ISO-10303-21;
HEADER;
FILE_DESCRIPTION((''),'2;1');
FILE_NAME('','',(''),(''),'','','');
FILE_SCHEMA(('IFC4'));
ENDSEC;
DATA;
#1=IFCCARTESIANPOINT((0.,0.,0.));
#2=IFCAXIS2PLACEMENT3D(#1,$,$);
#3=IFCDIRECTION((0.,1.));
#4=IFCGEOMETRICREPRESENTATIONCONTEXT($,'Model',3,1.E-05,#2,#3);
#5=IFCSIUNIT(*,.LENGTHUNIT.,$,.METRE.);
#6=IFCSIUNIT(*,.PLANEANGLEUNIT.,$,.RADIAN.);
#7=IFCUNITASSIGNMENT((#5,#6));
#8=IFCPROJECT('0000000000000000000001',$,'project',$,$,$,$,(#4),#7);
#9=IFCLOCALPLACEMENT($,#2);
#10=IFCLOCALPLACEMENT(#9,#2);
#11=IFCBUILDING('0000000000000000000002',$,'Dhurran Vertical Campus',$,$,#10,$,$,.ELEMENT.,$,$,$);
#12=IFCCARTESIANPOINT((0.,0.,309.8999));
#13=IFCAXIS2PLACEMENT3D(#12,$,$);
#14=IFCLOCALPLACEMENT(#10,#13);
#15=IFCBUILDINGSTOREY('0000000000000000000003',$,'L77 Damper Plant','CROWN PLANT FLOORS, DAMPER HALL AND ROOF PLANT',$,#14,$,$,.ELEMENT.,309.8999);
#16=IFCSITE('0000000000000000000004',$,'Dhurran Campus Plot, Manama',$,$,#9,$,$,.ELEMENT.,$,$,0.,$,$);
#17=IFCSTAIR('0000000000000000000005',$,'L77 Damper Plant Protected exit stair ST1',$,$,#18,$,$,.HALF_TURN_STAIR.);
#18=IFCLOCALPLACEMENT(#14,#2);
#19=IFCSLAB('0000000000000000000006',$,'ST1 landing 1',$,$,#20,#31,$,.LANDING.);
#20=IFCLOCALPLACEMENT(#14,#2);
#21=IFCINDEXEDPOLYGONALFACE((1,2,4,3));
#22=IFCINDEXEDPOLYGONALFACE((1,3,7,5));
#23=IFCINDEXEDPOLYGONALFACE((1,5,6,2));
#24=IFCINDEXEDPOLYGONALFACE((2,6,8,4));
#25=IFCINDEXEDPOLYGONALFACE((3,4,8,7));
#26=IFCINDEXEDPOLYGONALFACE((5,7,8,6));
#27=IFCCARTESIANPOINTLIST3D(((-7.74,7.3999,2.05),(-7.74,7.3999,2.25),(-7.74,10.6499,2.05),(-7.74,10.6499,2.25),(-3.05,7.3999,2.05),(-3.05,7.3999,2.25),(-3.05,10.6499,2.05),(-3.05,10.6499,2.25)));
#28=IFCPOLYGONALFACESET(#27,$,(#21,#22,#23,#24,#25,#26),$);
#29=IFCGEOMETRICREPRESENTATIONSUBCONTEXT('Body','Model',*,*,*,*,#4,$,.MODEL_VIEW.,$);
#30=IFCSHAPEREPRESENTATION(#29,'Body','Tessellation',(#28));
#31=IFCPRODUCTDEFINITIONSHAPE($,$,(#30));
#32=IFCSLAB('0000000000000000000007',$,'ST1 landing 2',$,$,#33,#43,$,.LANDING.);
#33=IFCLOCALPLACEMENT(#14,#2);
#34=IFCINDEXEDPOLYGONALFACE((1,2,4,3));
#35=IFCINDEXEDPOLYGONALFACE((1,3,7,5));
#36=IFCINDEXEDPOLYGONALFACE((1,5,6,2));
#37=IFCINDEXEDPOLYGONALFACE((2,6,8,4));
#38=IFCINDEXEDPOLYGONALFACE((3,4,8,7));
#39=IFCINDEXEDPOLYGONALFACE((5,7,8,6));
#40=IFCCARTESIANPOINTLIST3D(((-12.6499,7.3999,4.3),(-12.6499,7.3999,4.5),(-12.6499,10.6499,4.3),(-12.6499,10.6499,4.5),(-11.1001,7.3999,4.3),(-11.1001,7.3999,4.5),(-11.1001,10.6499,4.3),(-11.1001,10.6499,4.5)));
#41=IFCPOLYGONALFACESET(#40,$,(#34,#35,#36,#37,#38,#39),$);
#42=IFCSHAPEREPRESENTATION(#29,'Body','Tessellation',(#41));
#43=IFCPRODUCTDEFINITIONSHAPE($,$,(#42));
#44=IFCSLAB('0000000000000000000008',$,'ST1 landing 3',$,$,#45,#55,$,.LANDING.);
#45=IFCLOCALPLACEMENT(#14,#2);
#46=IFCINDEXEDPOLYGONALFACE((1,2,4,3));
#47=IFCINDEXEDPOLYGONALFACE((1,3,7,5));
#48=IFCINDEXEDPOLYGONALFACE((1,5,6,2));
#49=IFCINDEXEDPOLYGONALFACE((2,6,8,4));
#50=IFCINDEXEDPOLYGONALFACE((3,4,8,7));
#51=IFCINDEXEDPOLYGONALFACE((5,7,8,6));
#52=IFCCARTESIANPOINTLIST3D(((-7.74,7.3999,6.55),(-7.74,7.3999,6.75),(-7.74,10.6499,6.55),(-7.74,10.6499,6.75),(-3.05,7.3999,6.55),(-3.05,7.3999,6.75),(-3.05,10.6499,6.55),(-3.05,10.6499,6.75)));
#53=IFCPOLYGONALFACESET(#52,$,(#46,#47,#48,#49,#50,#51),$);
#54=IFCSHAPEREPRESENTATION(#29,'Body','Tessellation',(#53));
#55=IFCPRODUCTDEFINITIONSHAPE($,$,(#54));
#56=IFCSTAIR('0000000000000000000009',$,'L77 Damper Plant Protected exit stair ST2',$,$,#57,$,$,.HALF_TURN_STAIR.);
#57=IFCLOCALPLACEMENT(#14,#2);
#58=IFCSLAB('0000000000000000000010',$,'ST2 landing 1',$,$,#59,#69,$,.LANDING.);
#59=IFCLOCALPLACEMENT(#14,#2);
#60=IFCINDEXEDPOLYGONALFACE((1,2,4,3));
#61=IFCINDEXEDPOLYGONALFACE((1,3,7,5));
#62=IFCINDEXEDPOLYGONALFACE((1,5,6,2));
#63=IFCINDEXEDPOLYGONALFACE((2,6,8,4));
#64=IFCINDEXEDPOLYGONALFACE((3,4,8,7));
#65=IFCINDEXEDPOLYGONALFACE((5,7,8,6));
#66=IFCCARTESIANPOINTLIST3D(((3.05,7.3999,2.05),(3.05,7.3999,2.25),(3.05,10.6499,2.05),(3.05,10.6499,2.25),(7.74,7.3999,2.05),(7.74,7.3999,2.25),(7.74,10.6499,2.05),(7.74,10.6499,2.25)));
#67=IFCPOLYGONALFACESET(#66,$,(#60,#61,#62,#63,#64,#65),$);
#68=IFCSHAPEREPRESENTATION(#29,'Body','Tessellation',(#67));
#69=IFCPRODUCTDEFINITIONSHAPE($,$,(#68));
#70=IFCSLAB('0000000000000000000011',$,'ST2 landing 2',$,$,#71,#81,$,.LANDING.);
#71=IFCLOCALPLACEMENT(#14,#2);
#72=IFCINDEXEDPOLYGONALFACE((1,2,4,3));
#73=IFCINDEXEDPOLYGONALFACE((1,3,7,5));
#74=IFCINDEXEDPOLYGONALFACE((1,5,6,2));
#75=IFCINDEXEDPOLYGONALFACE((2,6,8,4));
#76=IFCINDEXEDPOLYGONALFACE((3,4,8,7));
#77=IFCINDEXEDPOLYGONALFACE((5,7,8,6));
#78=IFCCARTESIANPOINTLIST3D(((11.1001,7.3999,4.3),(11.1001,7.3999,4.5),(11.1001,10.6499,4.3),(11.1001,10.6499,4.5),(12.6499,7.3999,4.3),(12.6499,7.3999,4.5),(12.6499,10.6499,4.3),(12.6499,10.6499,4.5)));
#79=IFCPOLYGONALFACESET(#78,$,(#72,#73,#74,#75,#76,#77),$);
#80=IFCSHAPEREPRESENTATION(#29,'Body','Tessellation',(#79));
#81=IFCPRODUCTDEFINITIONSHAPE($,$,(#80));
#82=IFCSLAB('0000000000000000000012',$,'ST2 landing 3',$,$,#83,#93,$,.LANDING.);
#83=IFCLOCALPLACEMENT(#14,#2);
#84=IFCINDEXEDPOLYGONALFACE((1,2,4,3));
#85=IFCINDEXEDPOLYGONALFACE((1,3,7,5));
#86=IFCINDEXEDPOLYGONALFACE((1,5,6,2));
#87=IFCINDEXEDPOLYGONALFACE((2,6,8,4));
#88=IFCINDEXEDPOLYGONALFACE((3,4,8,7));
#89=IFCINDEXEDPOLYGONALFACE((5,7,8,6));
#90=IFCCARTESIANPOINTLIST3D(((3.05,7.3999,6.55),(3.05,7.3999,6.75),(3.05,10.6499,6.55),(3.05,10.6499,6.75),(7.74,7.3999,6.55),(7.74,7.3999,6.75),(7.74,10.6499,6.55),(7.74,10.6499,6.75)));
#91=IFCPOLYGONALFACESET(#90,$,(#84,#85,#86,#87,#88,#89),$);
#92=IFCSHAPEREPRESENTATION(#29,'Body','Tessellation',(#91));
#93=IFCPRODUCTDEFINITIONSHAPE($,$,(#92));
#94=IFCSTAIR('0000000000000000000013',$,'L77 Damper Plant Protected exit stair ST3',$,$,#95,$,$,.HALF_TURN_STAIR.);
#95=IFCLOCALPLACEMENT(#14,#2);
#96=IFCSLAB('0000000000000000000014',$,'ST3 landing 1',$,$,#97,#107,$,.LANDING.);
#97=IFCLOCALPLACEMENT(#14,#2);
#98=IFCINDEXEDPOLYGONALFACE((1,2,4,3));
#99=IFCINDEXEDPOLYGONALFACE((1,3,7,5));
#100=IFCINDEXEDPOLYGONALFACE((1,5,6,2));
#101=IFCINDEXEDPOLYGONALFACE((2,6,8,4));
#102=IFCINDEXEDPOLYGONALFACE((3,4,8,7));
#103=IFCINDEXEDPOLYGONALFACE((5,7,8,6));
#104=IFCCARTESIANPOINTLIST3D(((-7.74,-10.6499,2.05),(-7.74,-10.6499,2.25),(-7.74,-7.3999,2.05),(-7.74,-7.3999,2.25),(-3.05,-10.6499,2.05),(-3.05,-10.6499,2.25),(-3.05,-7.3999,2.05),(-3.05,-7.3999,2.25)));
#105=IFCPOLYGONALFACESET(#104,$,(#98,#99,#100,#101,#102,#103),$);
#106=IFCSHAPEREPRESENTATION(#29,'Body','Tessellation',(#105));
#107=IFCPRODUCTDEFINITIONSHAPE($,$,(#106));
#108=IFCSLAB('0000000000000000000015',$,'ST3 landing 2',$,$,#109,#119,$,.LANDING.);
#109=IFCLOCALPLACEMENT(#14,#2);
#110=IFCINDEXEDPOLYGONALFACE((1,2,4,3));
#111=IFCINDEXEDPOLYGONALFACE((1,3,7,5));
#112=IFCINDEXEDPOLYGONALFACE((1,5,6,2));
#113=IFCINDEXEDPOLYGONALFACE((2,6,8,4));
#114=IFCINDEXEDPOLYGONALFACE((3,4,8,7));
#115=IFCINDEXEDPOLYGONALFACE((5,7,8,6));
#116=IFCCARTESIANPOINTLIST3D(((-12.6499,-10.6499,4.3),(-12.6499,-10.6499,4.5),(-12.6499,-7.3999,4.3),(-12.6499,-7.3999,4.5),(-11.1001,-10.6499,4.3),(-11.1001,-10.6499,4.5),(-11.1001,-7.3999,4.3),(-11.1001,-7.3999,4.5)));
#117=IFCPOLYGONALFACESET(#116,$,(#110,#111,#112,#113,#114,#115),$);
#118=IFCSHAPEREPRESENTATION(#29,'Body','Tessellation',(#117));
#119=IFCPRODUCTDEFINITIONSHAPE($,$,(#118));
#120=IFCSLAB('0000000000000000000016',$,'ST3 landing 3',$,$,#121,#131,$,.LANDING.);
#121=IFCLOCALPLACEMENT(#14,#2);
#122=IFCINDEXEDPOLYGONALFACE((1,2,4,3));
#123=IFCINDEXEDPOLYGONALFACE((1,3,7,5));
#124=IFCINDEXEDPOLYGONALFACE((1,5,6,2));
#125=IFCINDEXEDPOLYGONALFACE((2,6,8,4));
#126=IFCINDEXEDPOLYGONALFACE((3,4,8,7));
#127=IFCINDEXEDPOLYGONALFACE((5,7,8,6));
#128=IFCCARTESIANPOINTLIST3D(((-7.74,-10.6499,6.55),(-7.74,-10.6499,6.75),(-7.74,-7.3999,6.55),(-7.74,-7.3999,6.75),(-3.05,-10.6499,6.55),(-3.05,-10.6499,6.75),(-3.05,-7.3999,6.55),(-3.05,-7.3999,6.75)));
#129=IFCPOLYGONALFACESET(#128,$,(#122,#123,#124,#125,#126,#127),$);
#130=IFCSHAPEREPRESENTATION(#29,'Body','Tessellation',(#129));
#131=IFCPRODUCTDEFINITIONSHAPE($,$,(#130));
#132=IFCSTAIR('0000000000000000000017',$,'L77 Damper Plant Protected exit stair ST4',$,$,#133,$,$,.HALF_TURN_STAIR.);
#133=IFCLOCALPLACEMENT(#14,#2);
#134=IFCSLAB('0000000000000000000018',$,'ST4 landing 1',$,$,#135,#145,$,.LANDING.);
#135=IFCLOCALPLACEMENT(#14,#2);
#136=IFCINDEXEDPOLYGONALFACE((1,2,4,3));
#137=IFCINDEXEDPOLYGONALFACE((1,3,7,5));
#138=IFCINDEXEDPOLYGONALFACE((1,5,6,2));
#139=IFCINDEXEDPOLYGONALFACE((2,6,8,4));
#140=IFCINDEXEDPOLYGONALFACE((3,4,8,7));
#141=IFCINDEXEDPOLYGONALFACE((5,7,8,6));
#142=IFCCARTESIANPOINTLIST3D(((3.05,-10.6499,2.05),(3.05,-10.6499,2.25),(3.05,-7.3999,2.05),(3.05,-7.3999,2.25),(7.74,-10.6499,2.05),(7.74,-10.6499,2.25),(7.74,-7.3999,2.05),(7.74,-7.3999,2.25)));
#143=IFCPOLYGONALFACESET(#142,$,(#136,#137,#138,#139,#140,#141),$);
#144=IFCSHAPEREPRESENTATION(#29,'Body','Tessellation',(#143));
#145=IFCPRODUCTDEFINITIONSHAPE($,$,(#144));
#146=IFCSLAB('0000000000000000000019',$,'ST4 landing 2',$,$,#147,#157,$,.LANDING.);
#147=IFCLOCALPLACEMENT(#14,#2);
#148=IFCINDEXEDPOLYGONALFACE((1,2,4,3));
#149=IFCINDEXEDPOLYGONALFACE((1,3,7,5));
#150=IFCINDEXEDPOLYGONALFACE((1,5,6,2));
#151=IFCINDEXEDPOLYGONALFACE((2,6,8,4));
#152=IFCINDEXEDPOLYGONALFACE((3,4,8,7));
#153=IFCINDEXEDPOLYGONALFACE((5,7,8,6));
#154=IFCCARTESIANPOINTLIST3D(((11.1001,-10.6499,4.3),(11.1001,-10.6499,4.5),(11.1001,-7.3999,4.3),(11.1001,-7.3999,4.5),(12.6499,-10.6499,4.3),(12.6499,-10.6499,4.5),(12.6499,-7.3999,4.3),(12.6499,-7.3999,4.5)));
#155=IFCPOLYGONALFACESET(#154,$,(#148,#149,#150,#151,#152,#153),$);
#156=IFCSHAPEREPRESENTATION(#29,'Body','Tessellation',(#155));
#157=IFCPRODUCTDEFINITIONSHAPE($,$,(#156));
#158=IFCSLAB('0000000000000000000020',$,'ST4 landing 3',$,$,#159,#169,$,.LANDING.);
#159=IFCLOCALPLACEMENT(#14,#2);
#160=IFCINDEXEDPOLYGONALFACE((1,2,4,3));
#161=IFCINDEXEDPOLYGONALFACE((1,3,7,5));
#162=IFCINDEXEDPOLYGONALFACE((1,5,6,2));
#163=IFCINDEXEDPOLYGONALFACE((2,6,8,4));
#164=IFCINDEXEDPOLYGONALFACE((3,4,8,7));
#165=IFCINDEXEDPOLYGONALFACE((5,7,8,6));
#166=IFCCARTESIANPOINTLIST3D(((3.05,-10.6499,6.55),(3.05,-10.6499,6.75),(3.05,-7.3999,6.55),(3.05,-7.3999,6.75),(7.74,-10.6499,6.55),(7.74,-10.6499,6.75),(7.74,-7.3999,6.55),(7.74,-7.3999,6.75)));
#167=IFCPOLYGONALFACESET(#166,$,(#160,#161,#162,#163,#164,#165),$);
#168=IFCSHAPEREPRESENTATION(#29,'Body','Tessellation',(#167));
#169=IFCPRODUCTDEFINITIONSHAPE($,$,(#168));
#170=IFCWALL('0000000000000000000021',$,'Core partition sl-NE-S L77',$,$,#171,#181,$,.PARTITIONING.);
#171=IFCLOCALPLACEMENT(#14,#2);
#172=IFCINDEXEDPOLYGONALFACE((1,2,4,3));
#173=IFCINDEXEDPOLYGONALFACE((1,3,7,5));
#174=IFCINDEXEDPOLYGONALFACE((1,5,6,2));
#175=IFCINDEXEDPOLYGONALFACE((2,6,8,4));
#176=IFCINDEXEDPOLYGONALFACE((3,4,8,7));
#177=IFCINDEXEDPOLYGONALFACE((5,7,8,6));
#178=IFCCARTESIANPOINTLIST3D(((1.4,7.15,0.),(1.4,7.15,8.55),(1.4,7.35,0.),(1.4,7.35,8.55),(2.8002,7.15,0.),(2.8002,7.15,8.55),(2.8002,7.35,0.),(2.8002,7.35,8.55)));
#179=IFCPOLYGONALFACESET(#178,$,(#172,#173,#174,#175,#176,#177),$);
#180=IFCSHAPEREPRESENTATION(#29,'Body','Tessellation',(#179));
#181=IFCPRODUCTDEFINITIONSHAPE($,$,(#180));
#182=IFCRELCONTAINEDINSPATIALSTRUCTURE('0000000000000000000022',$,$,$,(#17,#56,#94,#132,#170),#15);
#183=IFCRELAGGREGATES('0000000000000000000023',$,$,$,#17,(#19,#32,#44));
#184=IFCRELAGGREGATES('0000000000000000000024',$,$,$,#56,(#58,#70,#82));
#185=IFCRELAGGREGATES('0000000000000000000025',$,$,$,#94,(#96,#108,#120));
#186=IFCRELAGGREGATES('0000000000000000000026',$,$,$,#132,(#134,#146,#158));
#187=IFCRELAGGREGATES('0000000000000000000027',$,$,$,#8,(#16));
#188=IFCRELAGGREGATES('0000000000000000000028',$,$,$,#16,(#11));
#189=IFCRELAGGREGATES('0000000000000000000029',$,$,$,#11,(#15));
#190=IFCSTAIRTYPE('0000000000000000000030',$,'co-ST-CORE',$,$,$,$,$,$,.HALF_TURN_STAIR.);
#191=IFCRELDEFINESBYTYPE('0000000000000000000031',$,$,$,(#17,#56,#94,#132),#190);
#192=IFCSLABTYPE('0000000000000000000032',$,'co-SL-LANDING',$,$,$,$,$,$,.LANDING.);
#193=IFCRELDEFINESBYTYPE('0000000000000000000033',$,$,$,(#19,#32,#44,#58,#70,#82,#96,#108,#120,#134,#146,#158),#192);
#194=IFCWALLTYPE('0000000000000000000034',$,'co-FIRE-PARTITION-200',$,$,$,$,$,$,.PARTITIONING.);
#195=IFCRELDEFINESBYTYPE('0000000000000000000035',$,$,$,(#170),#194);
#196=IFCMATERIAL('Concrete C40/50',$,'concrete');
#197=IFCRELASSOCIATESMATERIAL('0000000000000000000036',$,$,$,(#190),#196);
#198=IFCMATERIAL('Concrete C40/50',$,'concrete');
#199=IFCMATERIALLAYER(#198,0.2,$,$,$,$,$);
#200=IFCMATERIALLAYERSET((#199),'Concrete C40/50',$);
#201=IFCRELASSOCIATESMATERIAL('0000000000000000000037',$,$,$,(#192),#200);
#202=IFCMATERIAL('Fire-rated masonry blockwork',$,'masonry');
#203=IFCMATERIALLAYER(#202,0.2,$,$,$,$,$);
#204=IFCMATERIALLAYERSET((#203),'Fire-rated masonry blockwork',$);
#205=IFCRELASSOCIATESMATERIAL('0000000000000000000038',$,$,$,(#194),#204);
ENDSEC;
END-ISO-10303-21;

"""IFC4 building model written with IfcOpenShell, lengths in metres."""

from ifc_helpers import new_model, si_unit, direction, frame, frame_2d, origin, place, context, subcontext, project, spatial, polyline, rectangle, outline, extrude, material, layer, layer_set, type_object, element, aggregate, save


model = new_model("IFC4")

# Units and contexts
model_context = context("Model", 3, precision=1e-05, world=origin(), true_north=direction((0.0, 1.0)))
body_context = subcontext(model_context, "Body", "Model", "MODEL_VIEW")
ifc_project = project(units=[si_unit("LENGTHUNIT", "METRE"), si_unit("PLANEANGLEUNIT", "RADIAN")], contexts=[model_context])

# Site, building, storey
site_placement = place(None, origin())
site = spatial("IfcSite", under=ifc_project, at=site_placement, Name="Dhurran Campus Plot, Manama", CompositionType="ELEMENT", RefElevation=0.0)
building_placement = place(site_placement, origin())
building = spatial("IfcBuilding", under=site, at=building_placement, Name="Dhurran Vertical Campus", CompositionType="ELEMENT")
storey_placement = place(building_placement, frame((0.0, 0.0, 309.8999)))
storey = spatial("IfcBuildingStorey", under=building, at=storey_placement, Name="L77 Damper Plant", Description="CROWN PLANT FLOORS, DAMPER HALL AND ROOF PLANT", CompositionType="ELEMENT", Elevation=309.8999)

# Stairs, slabs
ifc_material_1 = material(Name="Concrete C40/50", Category="concrete")
stair_type = type_object("IfcStairType", Name="co-ST-CORE", PredefinedType="HALF_TURN_STAIR", material=ifc_material_1)
stair_1_placement = place(storey_placement, origin())
stair_1 = element("IfcStair", 1, at=stair_1_placement, inside=storey, type_object=stair_type, Name="L77 Damper Plant Protected exit stair ST1", PredefinedType="HALF_TURN_STAIR")
ifc_material_2 = material(Name="Concrete C40/50", Category="concrete")
ifc_layer_1 = layer(ifc_material_2, 0.2)
ifc_layer_set_1 = layer_set([ifc_layer_1], Name="Concrete C40/50")
slab_type = type_object("IfcSlabType", Name="co-SL-LANDING", PredefinedType="LANDING", material=ifc_layer_set_1)
slab_1_placement = place(storey_placement, frame((0.0, 0.0, 2.05)))
slab_1 = element("IfcSlab", 2, at=slab_1_placement, type_object=slab_type, Name="ST1 landing 1", PredefinedType="LANDING", context=body_context, shape_type="SweptSolid", body=[
    extrude(outline(polyline([(-7.74, 7.3999), (-3.05, 7.3999), (-3.05, 10.6499), (-7.74, 10.6499), (-7.74, 7.3999)])), origin(), (0.0, 0.0, 1.0), 0.2),
])
slab_2_placement = place(storey_placement, frame((0.0, 0.0, 4.3)))
slab_2 = element("IfcSlab", 3, at=slab_2_placement, type_object=slab_type, Name="ST1 landing 2", PredefinedType="LANDING", context=body_context, shape_type="SweptSolid", body=[
    extrude(outline(polyline([(-12.6499, 7.3999), (-11.1001, 7.3999), (-11.1001, 10.6499), (-12.6499, 10.6499), (-12.6499, 7.3999)])), origin(), (0.0, 0.0, 1.0), 0.2),
])
slab_3_placement = place(storey_placement, frame((0.0, 0.0, 6.55)))
slab_3 = element("IfcSlab", 4, at=slab_3_placement, type_object=slab_type, Name="ST1 landing 3", PredefinedType="LANDING", context=body_context, shape_type="SweptSolid", body=[
    extrude(outline(polyline([(-7.74, 7.3999), (-3.05, 7.3999), (-3.05, 10.6499), (-7.74, 10.6499), (-7.74, 7.3999)])), origin(), (0.0, 0.0, 1.0), 0.2),
])
aggregate(stair_1, [slab_1, slab_2, slab_3])
stair_2_placement = place(storey_placement, origin())
stair_2 = element("IfcStair", 5, at=stair_2_placement, inside=storey, type_object=stair_type, Name="L77 Damper Plant Protected exit stair ST2", PredefinedType="HALF_TURN_STAIR")
slab_4_placement = place(storey_placement, frame((0.0, 0.0, 2.05)))
slab_4 = element("IfcSlab", 6, at=slab_4_placement, type_object=slab_type, Name="ST2 landing 1", PredefinedType="LANDING", context=body_context, shape_type="SweptSolid", body=[
    extrude(outline(polyline([(7.74, 10.6499), (3.05, 10.6499), (3.05, 7.3999), (7.74, 7.3999), (7.74, 10.6499)])), origin(), (0.0, 0.0, 1.0), 0.2),
])
slab_5_placement = place(storey_placement, frame((0.0, 0.0, 4.3)))
slab_5 = element("IfcSlab", 7, at=slab_5_placement, type_object=slab_type, Name="ST2 landing 2", PredefinedType="LANDING", context=body_context, shape_type="SweptSolid", body=[
    extrude(outline(polyline([(12.6499, 10.6499), (11.1001, 10.6499), (11.1001, 7.3999), (12.6499, 7.3999), (12.6499, 10.6499)])), origin(), (0.0, 0.0, 1.0), 0.2),
])
slab_6_placement = place(storey_placement, frame((0.0, 0.0, 6.55)))
slab_6 = element("IfcSlab", 8, at=slab_6_placement, type_object=slab_type, Name="ST2 landing 3", PredefinedType="LANDING", context=body_context, shape_type="SweptSolid", body=[
    extrude(outline(polyline([(7.74, 10.6499), (3.05, 10.6499), (3.05, 7.3999), (7.74, 7.3999), (7.74, 10.6499)])), origin(), (0.0, 0.0, 1.0), 0.2),
])
aggregate(stair_2, [slab_4, slab_5, slab_6])
stair_3_placement = place(storey_placement, origin())
stair_3 = element("IfcStair", 9, at=stair_3_placement, inside=storey, type_object=stair_type, Name="L77 Damper Plant Protected exit stair ST3", PredefinedType="HALF_TURN_STAIR")
slab_7_placement = place(storey_placement, frame((0.0, 0.0, 2.05)))
slab_7 = element("IfcSlab", 10, at=slab_7_placement, type_object=slab_type, Name="ST3 landing 1", PredefinedType="LANDING", context=body_context, shape_type="SweptSolid", body=[
    extrude(outline(polyline([(-7.74, -10.6499), (-3.05, -10.6499), (-3.05, -7.3999), (-7.74, -7.3999), (-7.74, -10.6499)])), origin(), (0.0, 0.0, 1.0), 0.2),
])
slab_8_placement = place(storey_placement, frame((0.0, 0.0, 4.3)))
slab_8 = element("IfcSlab", 11, at=slab_8_placement, type_object=slab_type, Name="ST3 landing 2", PredefinedType="LANDING", context=body_context, shape_type="SweptSolid", body=[
    extrude(outline(polyline([(-12.6499, -10.6499), (-11.1001, -10.6499), (-11.1001, -7.3999), (-12.6499, -7.3999), (-12.6499, -10.6499)])), origin(), (0.0, 0.0, 1.0), 0.2),
])
slab_9_placement = place(storey_placement, frame((0.0, 0.0, 6.55)))
slab_9 = element("IfcSlab", 12, at=slab_9_placement, type_object=slab_type, Name="ST3 landing 3", PredefinedType="LANDING", context=body_context, shape_type="SweptSolid", body=[
    extrude(outline(polyline([(-7.74, -10.6499), (-3.05, -10.6499), (-3.05, -7.3999), (-7.74, -7.3999), (-7.74, -10.6499)])), origin(), (0.0, 0.0, 1.0), 0.2),
])
aggregate(stair_3, [slab_7, slab_8, slab_9])
stair_4_placement = place(storey_placement, origin())
stair_4 = element("IfcStair", 13, at=stair_4_placement, inside=storey, type_object=stair_type, Name="L77 Damper Plant Protected exit stair ST4", PredefinedType="HALF_TURN_STAIR")
slab_10_placement = place(storey_placement, frame((0.0, 0.0, 2.05)))
slab_10 = element("IfcSlab", 14, at=slab_10_placement, type_object=slab_type, Name="ST4 landing 1", PredefinedType="LANDING", context=body_context, shape_type="SweptSolid", body=[
    extrude(outline(polyline([(7.74, -7.3999), (3.05, -7.3999), (3.05, -10.6499), (7.74, -10.6499), (7.74, -7.3999)])), origin(), (0.0, 0.0, 1.0), 0.2),
])
slab_11_placement = place(storey_placement, frame((0.0, 0.0, 4.3)))
slab_11 = element("IfcSlab", 15, at=slab_11_placement, type_object=slab_type, Name="ST4 landing 2", PredefinedType="LANDING", context=body_context, shape_type="SweptSolid", body=[
    extrude(outline(polyline([(12.6499, -7.3999), (11.1001, -7.3999), (11.1001, -10.6499), (12.6499, -10.6499), (12.6499, -7.3999)])), origin(), (0.0, 0.0, 1.0), 0.2),
])
slab_12_placement = place(storey_placement, frame((0.0, 0.0, 6.55)))
slab_12 = element("IfcSlab", 16, at=slab_12_placement, type_object=slab_type, Name="ST4 landing 3", PredefinedType="LANDING", context=body_context, shape_type="SweptSolid", body=[
    extrude(outline(polyline([(7.74, -7.3999), (3.05, -7.3999), (3.05, -10.6499), (7.74, -10.6499), (7.74, -7.3999)])), origin(), (0.0, 0.0, 1.0), 0.2),
])
aggregate(stair_4, [slab_10, slab_11, slab_12])

# Wall
ifc_material_3 = material(Name="Fire-rated masonry blockwork", Category="masonry")
ifc_layer_2 = layer(ifc_material_3, 0.2)
ifc_layer_set_2 = layer_set([ifc_layer_2], Name="Fire-rated masonry blockwork")
wall_type_1 = type_object("IfcWallType", Name="co-FIRE-PARTITION-200", PredefinedType="PARTITIONING", material=ifc_layer_set_2)
wall_1_placement = place(storey_placement, frame((1.3999, 7.25, 0.0), z_axis=(0.0, 0.0, 1.0), x_axis=(1.0, 0.0, 0.0)))
element("IfcWall", 17, at=wall_1_placement, inside=storey, type_object=wall_type_1, Name="Core partition sl-NE-S L77", PredefinedType="PARTITIONING", context=body_context, shape_type="SweptSolid", body=[
    extrude(rectangle(XDim=1.4001, YDim=0.2, at=frame_2d((0.7002, 0.0))), origin(), (0.0, 0.0, 1.0), 8.55),
])

save(model, "model.ifc")
